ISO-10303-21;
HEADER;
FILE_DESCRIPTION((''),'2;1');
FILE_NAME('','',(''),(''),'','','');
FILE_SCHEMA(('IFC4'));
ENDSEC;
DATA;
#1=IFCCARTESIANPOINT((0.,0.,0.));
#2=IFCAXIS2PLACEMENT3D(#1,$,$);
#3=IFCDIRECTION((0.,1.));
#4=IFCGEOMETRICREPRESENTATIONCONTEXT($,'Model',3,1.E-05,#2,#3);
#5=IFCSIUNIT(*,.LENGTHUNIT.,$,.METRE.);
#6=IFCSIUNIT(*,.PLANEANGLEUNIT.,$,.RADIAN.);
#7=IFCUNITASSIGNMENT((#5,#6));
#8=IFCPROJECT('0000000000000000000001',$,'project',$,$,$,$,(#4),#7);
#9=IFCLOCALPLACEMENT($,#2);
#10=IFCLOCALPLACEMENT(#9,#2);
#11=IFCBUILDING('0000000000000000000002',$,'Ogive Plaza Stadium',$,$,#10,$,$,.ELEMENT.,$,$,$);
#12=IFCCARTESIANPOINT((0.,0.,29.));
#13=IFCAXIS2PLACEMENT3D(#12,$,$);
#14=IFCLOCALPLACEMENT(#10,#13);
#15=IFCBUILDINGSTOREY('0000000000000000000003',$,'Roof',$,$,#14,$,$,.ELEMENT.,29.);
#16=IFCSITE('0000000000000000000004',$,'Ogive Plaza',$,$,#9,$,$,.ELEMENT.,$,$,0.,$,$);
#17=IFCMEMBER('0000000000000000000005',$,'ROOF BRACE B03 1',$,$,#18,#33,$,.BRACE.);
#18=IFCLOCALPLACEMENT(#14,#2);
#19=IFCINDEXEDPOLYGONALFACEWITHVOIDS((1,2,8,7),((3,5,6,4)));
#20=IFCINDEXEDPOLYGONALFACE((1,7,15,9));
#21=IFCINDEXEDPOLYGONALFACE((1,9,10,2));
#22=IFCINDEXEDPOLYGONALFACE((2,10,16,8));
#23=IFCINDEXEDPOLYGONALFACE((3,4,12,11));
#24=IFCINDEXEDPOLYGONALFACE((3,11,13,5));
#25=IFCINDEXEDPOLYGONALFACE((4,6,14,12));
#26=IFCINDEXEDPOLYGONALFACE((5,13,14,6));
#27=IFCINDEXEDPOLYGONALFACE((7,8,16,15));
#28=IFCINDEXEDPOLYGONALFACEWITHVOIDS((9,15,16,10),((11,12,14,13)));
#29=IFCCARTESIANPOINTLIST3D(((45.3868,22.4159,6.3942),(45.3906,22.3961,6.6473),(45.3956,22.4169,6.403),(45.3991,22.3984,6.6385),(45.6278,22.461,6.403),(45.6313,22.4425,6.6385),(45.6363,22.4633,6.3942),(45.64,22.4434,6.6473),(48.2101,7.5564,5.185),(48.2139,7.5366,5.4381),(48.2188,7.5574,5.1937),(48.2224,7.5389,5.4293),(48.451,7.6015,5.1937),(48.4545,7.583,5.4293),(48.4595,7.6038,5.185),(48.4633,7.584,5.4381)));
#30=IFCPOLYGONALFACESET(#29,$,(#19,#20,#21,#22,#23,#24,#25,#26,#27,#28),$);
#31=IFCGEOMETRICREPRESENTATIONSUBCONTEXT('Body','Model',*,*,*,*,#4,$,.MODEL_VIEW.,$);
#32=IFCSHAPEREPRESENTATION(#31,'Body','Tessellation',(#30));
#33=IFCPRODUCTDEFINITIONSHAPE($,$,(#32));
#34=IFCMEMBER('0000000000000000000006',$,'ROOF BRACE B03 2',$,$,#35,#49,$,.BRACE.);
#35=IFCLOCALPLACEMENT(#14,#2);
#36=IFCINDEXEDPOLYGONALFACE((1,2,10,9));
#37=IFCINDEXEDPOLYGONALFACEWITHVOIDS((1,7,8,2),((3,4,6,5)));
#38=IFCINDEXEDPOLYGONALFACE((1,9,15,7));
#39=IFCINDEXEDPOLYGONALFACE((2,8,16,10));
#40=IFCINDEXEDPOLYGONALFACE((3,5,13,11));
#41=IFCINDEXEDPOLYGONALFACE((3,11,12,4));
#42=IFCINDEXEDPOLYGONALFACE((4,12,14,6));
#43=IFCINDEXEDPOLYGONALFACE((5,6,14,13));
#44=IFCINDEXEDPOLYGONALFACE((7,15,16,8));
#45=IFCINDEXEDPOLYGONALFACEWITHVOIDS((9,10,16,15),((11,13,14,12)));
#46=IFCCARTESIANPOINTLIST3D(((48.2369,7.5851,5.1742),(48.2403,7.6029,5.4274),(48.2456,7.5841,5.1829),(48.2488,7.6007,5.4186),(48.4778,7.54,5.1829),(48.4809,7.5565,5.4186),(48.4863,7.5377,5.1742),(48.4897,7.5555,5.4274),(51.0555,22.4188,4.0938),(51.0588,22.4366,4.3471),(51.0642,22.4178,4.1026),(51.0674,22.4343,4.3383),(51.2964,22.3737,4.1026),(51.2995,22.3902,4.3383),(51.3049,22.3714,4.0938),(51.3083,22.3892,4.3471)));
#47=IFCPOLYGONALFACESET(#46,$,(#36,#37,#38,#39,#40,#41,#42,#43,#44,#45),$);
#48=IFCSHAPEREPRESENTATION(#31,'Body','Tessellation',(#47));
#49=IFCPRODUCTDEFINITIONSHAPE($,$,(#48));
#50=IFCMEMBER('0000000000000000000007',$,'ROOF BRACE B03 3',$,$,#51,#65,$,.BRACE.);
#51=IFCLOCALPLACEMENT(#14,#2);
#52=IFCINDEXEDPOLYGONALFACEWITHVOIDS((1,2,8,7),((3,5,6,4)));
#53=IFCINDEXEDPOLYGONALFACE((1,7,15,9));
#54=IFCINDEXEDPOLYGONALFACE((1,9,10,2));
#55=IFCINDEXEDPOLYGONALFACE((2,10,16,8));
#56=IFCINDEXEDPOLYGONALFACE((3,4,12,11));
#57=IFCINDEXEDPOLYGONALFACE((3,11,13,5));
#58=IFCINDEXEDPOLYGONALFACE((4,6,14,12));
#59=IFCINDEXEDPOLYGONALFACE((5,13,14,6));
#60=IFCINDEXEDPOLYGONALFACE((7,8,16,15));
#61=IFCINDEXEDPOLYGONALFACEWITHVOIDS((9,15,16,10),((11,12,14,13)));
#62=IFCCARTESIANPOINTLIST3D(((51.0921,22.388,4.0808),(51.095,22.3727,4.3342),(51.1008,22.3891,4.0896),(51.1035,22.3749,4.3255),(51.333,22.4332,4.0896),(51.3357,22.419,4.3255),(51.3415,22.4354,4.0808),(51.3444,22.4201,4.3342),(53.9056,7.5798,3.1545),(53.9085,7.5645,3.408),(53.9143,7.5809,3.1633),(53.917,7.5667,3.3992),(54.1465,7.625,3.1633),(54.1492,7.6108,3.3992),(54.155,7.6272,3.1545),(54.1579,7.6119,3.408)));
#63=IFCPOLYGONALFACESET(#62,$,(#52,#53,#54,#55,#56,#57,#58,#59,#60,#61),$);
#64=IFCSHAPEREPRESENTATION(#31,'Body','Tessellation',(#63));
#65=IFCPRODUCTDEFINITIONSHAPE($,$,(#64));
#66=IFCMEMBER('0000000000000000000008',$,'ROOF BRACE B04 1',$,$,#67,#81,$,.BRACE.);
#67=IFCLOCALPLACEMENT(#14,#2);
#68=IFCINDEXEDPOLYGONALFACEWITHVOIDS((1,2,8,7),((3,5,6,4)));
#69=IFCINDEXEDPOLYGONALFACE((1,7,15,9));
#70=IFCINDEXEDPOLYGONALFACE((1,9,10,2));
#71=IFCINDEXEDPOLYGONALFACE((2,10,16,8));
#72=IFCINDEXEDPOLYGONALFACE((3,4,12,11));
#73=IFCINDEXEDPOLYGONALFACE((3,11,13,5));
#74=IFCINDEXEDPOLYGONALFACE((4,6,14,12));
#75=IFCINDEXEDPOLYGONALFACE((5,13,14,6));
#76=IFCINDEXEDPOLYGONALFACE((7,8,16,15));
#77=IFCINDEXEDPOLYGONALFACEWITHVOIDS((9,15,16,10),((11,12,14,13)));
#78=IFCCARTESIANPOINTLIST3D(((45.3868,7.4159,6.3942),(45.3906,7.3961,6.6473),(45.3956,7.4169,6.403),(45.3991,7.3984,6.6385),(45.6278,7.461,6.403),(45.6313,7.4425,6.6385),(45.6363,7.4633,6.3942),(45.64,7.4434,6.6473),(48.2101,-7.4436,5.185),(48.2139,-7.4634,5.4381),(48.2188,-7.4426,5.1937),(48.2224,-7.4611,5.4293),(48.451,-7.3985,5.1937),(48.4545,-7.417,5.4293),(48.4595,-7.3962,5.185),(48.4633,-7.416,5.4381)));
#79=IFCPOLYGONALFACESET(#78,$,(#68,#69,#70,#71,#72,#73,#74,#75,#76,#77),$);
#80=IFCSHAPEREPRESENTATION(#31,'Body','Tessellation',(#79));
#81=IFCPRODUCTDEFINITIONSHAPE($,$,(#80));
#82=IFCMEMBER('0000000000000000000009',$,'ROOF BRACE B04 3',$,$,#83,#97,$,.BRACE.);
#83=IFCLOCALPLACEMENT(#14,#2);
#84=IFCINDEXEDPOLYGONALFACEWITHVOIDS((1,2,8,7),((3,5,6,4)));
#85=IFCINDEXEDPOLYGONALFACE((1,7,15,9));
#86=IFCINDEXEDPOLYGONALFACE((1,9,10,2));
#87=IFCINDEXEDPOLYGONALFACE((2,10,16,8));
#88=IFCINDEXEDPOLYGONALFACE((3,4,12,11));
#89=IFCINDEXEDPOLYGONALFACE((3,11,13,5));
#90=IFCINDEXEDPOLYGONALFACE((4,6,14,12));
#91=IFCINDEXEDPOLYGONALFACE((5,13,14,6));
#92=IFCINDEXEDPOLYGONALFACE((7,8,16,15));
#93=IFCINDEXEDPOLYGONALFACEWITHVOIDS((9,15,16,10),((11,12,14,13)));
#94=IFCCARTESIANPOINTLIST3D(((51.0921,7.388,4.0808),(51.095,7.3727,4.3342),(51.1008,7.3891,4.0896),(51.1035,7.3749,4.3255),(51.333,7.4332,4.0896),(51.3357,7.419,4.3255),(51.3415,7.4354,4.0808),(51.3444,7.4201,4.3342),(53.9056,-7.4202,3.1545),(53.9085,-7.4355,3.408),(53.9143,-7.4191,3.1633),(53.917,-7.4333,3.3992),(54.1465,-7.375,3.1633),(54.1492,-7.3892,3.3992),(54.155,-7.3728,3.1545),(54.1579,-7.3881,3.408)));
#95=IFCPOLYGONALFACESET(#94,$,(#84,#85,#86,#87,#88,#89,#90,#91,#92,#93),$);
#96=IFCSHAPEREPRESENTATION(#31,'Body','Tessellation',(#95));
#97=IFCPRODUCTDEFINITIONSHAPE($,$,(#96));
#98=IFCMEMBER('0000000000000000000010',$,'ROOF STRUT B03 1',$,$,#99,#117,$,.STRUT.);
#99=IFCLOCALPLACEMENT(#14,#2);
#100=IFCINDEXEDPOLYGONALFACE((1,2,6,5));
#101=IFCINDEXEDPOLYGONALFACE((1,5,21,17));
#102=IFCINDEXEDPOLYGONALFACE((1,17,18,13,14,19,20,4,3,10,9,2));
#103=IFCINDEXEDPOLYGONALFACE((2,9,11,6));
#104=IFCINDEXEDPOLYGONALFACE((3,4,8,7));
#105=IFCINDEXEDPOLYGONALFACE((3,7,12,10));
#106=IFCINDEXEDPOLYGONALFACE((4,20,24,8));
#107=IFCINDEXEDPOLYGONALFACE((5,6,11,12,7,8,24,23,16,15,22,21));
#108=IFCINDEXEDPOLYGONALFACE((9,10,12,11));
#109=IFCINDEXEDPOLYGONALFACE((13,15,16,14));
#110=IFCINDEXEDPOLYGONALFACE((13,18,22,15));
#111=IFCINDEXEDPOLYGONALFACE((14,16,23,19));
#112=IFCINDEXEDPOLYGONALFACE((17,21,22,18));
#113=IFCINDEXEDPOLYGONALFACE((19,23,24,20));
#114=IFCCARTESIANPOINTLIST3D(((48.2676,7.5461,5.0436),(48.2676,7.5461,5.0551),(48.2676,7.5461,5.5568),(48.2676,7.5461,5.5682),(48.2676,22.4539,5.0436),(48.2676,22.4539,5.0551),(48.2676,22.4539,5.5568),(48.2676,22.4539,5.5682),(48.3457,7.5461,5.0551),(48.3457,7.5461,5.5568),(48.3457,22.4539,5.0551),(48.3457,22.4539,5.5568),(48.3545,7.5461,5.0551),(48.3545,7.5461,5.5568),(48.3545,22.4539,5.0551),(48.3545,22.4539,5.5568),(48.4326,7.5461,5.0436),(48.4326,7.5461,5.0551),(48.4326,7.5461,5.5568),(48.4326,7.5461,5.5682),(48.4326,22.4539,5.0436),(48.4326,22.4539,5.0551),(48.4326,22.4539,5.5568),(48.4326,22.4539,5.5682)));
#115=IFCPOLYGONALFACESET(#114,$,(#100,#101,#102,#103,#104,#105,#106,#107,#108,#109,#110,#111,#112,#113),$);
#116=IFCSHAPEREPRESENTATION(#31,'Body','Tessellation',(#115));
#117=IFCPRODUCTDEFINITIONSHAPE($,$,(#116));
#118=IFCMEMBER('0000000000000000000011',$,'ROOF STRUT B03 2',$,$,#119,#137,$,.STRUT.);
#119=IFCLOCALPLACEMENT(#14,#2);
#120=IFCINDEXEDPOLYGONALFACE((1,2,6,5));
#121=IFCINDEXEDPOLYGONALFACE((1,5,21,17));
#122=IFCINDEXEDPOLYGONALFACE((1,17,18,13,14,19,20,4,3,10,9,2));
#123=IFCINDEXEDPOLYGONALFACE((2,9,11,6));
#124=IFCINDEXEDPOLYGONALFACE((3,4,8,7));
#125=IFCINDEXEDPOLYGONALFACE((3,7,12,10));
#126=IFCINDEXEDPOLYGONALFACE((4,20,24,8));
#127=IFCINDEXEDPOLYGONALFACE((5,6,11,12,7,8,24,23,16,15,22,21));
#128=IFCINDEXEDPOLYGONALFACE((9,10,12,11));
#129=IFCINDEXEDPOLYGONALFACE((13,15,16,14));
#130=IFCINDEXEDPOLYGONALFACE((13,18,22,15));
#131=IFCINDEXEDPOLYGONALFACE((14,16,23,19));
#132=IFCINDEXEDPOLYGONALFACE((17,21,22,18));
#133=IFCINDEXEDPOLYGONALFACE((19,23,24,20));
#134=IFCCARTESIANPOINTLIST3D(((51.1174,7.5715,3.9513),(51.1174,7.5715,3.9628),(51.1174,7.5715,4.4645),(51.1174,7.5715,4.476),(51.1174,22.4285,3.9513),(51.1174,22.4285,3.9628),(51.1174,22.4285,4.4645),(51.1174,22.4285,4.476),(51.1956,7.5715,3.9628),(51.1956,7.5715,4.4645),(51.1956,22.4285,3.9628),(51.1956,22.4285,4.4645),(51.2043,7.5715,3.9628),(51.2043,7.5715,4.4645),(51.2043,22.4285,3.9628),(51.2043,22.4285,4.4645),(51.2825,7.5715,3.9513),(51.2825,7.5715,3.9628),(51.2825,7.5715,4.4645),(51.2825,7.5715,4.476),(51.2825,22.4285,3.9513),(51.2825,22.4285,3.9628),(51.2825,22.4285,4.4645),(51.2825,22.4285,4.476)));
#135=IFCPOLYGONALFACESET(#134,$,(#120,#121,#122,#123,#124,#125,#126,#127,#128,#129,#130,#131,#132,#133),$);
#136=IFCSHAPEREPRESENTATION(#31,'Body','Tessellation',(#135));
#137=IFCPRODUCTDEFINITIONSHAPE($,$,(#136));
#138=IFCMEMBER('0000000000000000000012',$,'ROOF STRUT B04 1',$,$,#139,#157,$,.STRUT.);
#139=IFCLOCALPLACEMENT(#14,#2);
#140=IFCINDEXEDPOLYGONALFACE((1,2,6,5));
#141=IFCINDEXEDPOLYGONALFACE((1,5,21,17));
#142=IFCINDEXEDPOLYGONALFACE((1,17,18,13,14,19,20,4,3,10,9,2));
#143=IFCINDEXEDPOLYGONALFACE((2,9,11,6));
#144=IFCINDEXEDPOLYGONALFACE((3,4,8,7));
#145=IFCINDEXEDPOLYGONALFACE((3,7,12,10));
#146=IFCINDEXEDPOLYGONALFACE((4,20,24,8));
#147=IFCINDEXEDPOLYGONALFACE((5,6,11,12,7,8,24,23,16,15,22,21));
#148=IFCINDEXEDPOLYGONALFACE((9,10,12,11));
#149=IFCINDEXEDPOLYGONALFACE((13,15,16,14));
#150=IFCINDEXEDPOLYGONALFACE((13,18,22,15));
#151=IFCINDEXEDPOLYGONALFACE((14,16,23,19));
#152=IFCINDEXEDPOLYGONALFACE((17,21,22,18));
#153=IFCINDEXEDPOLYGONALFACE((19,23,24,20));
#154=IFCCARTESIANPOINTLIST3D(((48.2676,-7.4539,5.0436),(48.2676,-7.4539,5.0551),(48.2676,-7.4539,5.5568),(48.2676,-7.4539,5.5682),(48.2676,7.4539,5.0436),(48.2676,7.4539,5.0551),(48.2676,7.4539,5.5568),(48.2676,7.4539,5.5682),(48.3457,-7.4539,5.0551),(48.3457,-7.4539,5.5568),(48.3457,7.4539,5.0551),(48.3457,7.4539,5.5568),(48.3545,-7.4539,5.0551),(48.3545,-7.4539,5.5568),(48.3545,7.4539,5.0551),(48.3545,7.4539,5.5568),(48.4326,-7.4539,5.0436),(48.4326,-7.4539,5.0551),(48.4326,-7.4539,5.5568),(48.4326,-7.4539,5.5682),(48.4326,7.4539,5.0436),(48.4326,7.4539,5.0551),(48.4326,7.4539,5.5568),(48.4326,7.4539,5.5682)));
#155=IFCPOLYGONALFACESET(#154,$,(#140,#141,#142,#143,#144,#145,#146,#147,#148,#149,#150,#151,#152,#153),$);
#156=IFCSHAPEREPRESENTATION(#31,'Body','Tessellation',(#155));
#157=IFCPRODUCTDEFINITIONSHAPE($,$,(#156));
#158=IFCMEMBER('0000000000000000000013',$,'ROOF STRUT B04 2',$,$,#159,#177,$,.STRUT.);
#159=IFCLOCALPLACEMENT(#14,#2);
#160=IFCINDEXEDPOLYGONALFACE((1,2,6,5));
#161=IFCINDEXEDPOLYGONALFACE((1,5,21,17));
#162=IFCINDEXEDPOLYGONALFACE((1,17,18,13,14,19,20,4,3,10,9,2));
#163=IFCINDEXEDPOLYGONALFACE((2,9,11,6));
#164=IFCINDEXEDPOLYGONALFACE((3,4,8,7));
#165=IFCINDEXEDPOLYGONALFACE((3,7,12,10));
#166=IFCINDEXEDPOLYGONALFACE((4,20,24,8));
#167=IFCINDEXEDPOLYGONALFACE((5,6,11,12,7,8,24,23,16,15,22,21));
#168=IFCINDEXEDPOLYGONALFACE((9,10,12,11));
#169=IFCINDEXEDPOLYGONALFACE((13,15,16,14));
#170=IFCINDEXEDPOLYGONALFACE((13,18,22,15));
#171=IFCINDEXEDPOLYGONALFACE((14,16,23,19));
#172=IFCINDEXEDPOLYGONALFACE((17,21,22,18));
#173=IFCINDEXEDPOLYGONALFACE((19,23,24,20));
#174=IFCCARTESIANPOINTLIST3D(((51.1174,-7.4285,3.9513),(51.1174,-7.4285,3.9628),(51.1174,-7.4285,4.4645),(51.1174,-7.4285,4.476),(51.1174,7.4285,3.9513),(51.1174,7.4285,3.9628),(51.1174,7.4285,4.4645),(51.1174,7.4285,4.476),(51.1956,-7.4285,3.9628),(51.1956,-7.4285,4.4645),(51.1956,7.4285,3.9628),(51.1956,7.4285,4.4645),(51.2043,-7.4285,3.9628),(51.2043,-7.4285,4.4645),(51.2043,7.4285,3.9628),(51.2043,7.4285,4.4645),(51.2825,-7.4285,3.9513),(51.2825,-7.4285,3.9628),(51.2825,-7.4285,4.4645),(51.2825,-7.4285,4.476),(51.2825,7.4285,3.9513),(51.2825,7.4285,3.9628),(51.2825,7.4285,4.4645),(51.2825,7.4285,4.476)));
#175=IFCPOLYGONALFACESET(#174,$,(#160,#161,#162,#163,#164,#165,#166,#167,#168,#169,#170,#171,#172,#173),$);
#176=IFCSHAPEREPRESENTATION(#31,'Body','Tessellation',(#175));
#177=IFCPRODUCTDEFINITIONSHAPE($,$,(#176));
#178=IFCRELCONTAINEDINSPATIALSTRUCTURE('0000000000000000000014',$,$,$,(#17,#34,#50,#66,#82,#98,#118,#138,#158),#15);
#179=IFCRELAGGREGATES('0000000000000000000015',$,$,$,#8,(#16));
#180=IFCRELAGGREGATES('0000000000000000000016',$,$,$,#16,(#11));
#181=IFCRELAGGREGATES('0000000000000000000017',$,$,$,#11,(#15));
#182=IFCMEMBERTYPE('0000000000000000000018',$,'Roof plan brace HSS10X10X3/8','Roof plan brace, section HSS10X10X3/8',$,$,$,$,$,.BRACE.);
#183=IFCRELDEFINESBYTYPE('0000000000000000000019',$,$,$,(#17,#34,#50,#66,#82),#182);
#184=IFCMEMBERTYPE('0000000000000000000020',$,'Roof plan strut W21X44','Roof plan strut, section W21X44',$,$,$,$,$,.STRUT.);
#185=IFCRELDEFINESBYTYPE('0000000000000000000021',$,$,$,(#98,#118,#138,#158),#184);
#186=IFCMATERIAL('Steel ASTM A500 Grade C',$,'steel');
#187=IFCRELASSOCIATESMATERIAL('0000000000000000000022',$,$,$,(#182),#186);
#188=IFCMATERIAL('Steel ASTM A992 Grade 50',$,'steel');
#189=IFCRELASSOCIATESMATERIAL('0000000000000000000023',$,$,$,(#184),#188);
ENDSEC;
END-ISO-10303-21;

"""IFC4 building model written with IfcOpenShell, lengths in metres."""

from ifc_helpers import new_model, si_unit, direction, frame, origin, origin_2d, place, context, subcontext, project, spatial, hollow_rectangle, i_section, extrude, material, material_profile, profile_set, type_object, element, save


model = new_model("IFC4")

# Units and contexts
model_context = context("Model", 3, precision=1e-05, world=origin(), true_north=direction((0.0, 1.0)))
body_context = subcontext(model_context, "Body", "Model", "MODEL_VIEW")
ifc_project = project(units=[si_unit("LENGTHUNIT", "METRE"), si_unit("PLANEANGLEUNIT", "RADIAN")], contexts=[model_context])

# Site, building, storey
site_placement = place(None, origin())
site = spatial("IfcSite", under=ifc_project, at=site_placement, Name="Ogive Plaza", CompositionType="ELEMENT", RefElevation=0.0)
building_placement = place(site_placement, origin())
building = spatial("IfcBuilding", under=site, at=building_placement, Name="Ogive Plaza Stadium", CompositionType="ELEMENT")
storey_placement = place(building_placement, frame((0.0, 0.0, 29.0)))
storey = spatial("IfcBuildingStorey", under=building, at=storey_placement, Name="Roof", CompositionType="ELEMENT", Elevation=29.0)

# Members
ifc_material_1 = material(Name="Steel ASTM A500 Grade C", Category="steel")
ifc_material_profile_1 = material_profile(ifc_material_1, hollow_rectangle(XDim=0.2539, YDim=0.2539, WallThickness=0.0088, at=origin_2d()), Name="HSS10X10X3/8")
ifc_profile_set_1 = profile_set([ifc_material_profile_1], Name="Steel ASTM A500 Grade C")
member_type_1 = type_object("IfcMemberType", Name="Roof plan brace HSS10X10X3/8", Description="Roof plan brace, section HSS10X10X3/8", PredefinedType="BRACE", material=ifc_profile_set_1)
member_1_placement = place(storey_placement, frame((45.5134, 22.4297, 6.5208), z_axis=(0.186064, -0.9793, -0.079694), x_axis=(0.982425, 0.186658, 0.0)))
element("IfcMember", 1, at=member_1_placement, inside=storey, type_object=member_type_1, Name="ROOF BRACE B03 1", PredefinedType="BRACE", context=body_context, shape_type="SweptSolid", body=[
    extrude(hollow_rectangle(XDim=0.2539, YDim=0.2539, WallThickness=0.0088, at=origin_2d()), origin(), (0.0, 0.0, 1.0), 15.1736),
])
member_2_placement = place(storey_placement, frame((48.3633, 7.5703, 5.3008), z_axis=(0.186197, 0.979917, -0.071366), x_axis=(-0.982422, 0.186673, 0.0)))
element("IfcMember", 2, at=member_2_placement, inside=storey, type_object=member_type_1, Name="ROOF BRACE B03 2", PredefinedType="BRACE", context=body_context, shape_type="SweptSolid", body=[
    extrude(hollow_rectangle(XDim=0.2539, YDim=0.2539, WallThickness=0.0088, at=origin_2d()), origin(), (0.0, 0.0, 1.0), 15.1377),
])
member_3_placement = place(storey_placement, frame((51.2183, 22.4041, 4.2075), z_axis=(0.186305, -0.980575, -0.061336), x_axis=(0.982425, 0.186657, 0.0)))
element("IfcMember", 3, at=member_3_placement, inside=storey, type_object=member_type_1, Name="ROOF BRACE B03 3", PredefinedType="BRACE", context=body_context, shape_type="SweptSolid", body=[
    extrude(hollow_rectangle(XDim=0.2539, YDim=0.2539, WallThickness=0.0088, at=origin_2d()), origin(), (0.0, 0.0, 1.0), 15.1016),
])
member_4_placement = place(storey_placement, frame((45.5134, 7.4297, 6.5208), z_axis=(0.186064, -0.9793, -0.079694), x_axis=(0.982425, 0.186658, 0.0)))
element("IfcMember", 4, at=member_4_placement, inside=storey, type_object=member_type_1, Name="ROOF BRACE B04 1", PredefinedType="BRACE", context=body_context, shape_type="SweptSolid", body=[
    extrude(hollow_rectangle(XDim=0.2539, YDim=0.2539, WallThickness=0.0088, at=origin_2d()), origin(), (0.0, 0.0, 1.0), 15.1736),
])
member_5_placement = place(storey_placement, frame((51.2183, 7.4041, 4.2075), z_axis=(0.186305, -0.980575, -0.061336), x_axis=(0.982425, 0.186657, 0.0)))
element("IfcMember", 5, at=member_5_placement, inside=storey, type_object=member_type_1, Name="ROOF BRACE B04 3", PredefinedType="BRACE", context=body_context, shape_type="SweptSolid", body=[
    extrude(hollow_rectangle(XDim=0.2539, YDim=0.2539, WallThickness=0.0088, at=origin_2d()), origin(), (0.0, 0.0, 1.0), 15.1016),
])
ifc_material_2 = material(Name="Steel ASTM A992 Grade 50", Category="steel")
ifc_material_profile_2 = material_profile(ifc_material_2, i_section(OverallWidth=0.165, OverallDepth=0.5247, WebThickness=0.0088, FlangeThickness=0.0115, at=origin_2d()), Name="W21X44")
ifc_profile_set_2 = profile_set([ifc_material_profile_2], Name="Steel ASTM A992 Grade 50")
member_type_2 = type_object("IfcMemberType", Name="Roof plan strut W21X44", Description="Roof plan strut, section W21X44", PredefinedType="STRUT", material=ifc_profile_set_2)
member_6_placement = place(storey_placement, frame((48.3501, 22.4539, 5.3059), z_axis=(0.0, -1.0, 0.0), x_axis=(1.0, 0.0, 0.0)))
element("IfcMember", 6, at=member_6_placement, inside=storey, type_object=member_type_2, Name="ROOF STRUT B03 1", PredefinedType="STRUT", context=body_context, shape_type="SweptSolid", body=[
    extrude(i_section(OverallWidth=0.165, OverallDepth=0.5247, WebThickness=0.0088, FlangeThickness=0.0115, at=origin_2d()), origin(), (0.0, 0.0, 1.0), 14.9077),
])
member_7_placement = place(storey_placement, frame((51.2, 22.4285, 4.2136), z_axis=(0.0, -1.0, 0.0), x_axis=(1.0, 0.0, 0.0)))
element("IfcMember", 7, at=member_7_placement, inside=storey, type_object=member_type_2, Name="ROOF STRUT B03 2", PredefinedType="STRUT", context=body_context, shape_type="SweptSolid", body=[
    extrude(i_section(OverallWidth=0.165, OverallDepth=0.5247, WebThickness=0.0088, FlangeThickness=0.0115, at=origin_2d()), origin(), (0.0, 0.0, 1.0), 14.8569),
])
member_8_placement = place(storey_placement, frame((48.3501, 7.4539, 5.3059), z_axis=(0.0, -1.0, 0.0), x_axis=(1.0, 0.0, 0.0)))
element("IfcMember", 8, at=member_8_placement, inside=storey, type_object=member_type_2, Name="ROOF STRUT B04 1", PredefinedType="STRUT", context=body_context, shape_type="SweptSolid", body=[
    extrude(i_section(OverallWidth=0.165, OverallDepth=0.5247, WebThickness=0.0088, FlangeThickness=0.0115, at=origin_2d()), origin(), (0.0, 0.0, 1.0), 14.9077),
])
member_9_placement = place(storey_placement, frame((51.2, 7.4285, 4.2136), z_axis=(0.0, -1.0, 0.0), x_axis=(1.0, 0.0, 0.0)))
element("IfcMember", 9, at=member_9_placement, inside=storey, type_object=member_type_2, Name="ROOF STRUT B04 2", PredefinedType="STRUT", context=body_context, shape_type="SweptSolid", body=[
    extrude(i_section(OverallWidth=0.165, OverallDepth=0.5247, WebThickness=0.0088, FlangeThickness=0.0115, at=origin_2d()), origin(), (0.0, 0.0, 1.0), 14.8569),
])

save(model, "model.ifc")
